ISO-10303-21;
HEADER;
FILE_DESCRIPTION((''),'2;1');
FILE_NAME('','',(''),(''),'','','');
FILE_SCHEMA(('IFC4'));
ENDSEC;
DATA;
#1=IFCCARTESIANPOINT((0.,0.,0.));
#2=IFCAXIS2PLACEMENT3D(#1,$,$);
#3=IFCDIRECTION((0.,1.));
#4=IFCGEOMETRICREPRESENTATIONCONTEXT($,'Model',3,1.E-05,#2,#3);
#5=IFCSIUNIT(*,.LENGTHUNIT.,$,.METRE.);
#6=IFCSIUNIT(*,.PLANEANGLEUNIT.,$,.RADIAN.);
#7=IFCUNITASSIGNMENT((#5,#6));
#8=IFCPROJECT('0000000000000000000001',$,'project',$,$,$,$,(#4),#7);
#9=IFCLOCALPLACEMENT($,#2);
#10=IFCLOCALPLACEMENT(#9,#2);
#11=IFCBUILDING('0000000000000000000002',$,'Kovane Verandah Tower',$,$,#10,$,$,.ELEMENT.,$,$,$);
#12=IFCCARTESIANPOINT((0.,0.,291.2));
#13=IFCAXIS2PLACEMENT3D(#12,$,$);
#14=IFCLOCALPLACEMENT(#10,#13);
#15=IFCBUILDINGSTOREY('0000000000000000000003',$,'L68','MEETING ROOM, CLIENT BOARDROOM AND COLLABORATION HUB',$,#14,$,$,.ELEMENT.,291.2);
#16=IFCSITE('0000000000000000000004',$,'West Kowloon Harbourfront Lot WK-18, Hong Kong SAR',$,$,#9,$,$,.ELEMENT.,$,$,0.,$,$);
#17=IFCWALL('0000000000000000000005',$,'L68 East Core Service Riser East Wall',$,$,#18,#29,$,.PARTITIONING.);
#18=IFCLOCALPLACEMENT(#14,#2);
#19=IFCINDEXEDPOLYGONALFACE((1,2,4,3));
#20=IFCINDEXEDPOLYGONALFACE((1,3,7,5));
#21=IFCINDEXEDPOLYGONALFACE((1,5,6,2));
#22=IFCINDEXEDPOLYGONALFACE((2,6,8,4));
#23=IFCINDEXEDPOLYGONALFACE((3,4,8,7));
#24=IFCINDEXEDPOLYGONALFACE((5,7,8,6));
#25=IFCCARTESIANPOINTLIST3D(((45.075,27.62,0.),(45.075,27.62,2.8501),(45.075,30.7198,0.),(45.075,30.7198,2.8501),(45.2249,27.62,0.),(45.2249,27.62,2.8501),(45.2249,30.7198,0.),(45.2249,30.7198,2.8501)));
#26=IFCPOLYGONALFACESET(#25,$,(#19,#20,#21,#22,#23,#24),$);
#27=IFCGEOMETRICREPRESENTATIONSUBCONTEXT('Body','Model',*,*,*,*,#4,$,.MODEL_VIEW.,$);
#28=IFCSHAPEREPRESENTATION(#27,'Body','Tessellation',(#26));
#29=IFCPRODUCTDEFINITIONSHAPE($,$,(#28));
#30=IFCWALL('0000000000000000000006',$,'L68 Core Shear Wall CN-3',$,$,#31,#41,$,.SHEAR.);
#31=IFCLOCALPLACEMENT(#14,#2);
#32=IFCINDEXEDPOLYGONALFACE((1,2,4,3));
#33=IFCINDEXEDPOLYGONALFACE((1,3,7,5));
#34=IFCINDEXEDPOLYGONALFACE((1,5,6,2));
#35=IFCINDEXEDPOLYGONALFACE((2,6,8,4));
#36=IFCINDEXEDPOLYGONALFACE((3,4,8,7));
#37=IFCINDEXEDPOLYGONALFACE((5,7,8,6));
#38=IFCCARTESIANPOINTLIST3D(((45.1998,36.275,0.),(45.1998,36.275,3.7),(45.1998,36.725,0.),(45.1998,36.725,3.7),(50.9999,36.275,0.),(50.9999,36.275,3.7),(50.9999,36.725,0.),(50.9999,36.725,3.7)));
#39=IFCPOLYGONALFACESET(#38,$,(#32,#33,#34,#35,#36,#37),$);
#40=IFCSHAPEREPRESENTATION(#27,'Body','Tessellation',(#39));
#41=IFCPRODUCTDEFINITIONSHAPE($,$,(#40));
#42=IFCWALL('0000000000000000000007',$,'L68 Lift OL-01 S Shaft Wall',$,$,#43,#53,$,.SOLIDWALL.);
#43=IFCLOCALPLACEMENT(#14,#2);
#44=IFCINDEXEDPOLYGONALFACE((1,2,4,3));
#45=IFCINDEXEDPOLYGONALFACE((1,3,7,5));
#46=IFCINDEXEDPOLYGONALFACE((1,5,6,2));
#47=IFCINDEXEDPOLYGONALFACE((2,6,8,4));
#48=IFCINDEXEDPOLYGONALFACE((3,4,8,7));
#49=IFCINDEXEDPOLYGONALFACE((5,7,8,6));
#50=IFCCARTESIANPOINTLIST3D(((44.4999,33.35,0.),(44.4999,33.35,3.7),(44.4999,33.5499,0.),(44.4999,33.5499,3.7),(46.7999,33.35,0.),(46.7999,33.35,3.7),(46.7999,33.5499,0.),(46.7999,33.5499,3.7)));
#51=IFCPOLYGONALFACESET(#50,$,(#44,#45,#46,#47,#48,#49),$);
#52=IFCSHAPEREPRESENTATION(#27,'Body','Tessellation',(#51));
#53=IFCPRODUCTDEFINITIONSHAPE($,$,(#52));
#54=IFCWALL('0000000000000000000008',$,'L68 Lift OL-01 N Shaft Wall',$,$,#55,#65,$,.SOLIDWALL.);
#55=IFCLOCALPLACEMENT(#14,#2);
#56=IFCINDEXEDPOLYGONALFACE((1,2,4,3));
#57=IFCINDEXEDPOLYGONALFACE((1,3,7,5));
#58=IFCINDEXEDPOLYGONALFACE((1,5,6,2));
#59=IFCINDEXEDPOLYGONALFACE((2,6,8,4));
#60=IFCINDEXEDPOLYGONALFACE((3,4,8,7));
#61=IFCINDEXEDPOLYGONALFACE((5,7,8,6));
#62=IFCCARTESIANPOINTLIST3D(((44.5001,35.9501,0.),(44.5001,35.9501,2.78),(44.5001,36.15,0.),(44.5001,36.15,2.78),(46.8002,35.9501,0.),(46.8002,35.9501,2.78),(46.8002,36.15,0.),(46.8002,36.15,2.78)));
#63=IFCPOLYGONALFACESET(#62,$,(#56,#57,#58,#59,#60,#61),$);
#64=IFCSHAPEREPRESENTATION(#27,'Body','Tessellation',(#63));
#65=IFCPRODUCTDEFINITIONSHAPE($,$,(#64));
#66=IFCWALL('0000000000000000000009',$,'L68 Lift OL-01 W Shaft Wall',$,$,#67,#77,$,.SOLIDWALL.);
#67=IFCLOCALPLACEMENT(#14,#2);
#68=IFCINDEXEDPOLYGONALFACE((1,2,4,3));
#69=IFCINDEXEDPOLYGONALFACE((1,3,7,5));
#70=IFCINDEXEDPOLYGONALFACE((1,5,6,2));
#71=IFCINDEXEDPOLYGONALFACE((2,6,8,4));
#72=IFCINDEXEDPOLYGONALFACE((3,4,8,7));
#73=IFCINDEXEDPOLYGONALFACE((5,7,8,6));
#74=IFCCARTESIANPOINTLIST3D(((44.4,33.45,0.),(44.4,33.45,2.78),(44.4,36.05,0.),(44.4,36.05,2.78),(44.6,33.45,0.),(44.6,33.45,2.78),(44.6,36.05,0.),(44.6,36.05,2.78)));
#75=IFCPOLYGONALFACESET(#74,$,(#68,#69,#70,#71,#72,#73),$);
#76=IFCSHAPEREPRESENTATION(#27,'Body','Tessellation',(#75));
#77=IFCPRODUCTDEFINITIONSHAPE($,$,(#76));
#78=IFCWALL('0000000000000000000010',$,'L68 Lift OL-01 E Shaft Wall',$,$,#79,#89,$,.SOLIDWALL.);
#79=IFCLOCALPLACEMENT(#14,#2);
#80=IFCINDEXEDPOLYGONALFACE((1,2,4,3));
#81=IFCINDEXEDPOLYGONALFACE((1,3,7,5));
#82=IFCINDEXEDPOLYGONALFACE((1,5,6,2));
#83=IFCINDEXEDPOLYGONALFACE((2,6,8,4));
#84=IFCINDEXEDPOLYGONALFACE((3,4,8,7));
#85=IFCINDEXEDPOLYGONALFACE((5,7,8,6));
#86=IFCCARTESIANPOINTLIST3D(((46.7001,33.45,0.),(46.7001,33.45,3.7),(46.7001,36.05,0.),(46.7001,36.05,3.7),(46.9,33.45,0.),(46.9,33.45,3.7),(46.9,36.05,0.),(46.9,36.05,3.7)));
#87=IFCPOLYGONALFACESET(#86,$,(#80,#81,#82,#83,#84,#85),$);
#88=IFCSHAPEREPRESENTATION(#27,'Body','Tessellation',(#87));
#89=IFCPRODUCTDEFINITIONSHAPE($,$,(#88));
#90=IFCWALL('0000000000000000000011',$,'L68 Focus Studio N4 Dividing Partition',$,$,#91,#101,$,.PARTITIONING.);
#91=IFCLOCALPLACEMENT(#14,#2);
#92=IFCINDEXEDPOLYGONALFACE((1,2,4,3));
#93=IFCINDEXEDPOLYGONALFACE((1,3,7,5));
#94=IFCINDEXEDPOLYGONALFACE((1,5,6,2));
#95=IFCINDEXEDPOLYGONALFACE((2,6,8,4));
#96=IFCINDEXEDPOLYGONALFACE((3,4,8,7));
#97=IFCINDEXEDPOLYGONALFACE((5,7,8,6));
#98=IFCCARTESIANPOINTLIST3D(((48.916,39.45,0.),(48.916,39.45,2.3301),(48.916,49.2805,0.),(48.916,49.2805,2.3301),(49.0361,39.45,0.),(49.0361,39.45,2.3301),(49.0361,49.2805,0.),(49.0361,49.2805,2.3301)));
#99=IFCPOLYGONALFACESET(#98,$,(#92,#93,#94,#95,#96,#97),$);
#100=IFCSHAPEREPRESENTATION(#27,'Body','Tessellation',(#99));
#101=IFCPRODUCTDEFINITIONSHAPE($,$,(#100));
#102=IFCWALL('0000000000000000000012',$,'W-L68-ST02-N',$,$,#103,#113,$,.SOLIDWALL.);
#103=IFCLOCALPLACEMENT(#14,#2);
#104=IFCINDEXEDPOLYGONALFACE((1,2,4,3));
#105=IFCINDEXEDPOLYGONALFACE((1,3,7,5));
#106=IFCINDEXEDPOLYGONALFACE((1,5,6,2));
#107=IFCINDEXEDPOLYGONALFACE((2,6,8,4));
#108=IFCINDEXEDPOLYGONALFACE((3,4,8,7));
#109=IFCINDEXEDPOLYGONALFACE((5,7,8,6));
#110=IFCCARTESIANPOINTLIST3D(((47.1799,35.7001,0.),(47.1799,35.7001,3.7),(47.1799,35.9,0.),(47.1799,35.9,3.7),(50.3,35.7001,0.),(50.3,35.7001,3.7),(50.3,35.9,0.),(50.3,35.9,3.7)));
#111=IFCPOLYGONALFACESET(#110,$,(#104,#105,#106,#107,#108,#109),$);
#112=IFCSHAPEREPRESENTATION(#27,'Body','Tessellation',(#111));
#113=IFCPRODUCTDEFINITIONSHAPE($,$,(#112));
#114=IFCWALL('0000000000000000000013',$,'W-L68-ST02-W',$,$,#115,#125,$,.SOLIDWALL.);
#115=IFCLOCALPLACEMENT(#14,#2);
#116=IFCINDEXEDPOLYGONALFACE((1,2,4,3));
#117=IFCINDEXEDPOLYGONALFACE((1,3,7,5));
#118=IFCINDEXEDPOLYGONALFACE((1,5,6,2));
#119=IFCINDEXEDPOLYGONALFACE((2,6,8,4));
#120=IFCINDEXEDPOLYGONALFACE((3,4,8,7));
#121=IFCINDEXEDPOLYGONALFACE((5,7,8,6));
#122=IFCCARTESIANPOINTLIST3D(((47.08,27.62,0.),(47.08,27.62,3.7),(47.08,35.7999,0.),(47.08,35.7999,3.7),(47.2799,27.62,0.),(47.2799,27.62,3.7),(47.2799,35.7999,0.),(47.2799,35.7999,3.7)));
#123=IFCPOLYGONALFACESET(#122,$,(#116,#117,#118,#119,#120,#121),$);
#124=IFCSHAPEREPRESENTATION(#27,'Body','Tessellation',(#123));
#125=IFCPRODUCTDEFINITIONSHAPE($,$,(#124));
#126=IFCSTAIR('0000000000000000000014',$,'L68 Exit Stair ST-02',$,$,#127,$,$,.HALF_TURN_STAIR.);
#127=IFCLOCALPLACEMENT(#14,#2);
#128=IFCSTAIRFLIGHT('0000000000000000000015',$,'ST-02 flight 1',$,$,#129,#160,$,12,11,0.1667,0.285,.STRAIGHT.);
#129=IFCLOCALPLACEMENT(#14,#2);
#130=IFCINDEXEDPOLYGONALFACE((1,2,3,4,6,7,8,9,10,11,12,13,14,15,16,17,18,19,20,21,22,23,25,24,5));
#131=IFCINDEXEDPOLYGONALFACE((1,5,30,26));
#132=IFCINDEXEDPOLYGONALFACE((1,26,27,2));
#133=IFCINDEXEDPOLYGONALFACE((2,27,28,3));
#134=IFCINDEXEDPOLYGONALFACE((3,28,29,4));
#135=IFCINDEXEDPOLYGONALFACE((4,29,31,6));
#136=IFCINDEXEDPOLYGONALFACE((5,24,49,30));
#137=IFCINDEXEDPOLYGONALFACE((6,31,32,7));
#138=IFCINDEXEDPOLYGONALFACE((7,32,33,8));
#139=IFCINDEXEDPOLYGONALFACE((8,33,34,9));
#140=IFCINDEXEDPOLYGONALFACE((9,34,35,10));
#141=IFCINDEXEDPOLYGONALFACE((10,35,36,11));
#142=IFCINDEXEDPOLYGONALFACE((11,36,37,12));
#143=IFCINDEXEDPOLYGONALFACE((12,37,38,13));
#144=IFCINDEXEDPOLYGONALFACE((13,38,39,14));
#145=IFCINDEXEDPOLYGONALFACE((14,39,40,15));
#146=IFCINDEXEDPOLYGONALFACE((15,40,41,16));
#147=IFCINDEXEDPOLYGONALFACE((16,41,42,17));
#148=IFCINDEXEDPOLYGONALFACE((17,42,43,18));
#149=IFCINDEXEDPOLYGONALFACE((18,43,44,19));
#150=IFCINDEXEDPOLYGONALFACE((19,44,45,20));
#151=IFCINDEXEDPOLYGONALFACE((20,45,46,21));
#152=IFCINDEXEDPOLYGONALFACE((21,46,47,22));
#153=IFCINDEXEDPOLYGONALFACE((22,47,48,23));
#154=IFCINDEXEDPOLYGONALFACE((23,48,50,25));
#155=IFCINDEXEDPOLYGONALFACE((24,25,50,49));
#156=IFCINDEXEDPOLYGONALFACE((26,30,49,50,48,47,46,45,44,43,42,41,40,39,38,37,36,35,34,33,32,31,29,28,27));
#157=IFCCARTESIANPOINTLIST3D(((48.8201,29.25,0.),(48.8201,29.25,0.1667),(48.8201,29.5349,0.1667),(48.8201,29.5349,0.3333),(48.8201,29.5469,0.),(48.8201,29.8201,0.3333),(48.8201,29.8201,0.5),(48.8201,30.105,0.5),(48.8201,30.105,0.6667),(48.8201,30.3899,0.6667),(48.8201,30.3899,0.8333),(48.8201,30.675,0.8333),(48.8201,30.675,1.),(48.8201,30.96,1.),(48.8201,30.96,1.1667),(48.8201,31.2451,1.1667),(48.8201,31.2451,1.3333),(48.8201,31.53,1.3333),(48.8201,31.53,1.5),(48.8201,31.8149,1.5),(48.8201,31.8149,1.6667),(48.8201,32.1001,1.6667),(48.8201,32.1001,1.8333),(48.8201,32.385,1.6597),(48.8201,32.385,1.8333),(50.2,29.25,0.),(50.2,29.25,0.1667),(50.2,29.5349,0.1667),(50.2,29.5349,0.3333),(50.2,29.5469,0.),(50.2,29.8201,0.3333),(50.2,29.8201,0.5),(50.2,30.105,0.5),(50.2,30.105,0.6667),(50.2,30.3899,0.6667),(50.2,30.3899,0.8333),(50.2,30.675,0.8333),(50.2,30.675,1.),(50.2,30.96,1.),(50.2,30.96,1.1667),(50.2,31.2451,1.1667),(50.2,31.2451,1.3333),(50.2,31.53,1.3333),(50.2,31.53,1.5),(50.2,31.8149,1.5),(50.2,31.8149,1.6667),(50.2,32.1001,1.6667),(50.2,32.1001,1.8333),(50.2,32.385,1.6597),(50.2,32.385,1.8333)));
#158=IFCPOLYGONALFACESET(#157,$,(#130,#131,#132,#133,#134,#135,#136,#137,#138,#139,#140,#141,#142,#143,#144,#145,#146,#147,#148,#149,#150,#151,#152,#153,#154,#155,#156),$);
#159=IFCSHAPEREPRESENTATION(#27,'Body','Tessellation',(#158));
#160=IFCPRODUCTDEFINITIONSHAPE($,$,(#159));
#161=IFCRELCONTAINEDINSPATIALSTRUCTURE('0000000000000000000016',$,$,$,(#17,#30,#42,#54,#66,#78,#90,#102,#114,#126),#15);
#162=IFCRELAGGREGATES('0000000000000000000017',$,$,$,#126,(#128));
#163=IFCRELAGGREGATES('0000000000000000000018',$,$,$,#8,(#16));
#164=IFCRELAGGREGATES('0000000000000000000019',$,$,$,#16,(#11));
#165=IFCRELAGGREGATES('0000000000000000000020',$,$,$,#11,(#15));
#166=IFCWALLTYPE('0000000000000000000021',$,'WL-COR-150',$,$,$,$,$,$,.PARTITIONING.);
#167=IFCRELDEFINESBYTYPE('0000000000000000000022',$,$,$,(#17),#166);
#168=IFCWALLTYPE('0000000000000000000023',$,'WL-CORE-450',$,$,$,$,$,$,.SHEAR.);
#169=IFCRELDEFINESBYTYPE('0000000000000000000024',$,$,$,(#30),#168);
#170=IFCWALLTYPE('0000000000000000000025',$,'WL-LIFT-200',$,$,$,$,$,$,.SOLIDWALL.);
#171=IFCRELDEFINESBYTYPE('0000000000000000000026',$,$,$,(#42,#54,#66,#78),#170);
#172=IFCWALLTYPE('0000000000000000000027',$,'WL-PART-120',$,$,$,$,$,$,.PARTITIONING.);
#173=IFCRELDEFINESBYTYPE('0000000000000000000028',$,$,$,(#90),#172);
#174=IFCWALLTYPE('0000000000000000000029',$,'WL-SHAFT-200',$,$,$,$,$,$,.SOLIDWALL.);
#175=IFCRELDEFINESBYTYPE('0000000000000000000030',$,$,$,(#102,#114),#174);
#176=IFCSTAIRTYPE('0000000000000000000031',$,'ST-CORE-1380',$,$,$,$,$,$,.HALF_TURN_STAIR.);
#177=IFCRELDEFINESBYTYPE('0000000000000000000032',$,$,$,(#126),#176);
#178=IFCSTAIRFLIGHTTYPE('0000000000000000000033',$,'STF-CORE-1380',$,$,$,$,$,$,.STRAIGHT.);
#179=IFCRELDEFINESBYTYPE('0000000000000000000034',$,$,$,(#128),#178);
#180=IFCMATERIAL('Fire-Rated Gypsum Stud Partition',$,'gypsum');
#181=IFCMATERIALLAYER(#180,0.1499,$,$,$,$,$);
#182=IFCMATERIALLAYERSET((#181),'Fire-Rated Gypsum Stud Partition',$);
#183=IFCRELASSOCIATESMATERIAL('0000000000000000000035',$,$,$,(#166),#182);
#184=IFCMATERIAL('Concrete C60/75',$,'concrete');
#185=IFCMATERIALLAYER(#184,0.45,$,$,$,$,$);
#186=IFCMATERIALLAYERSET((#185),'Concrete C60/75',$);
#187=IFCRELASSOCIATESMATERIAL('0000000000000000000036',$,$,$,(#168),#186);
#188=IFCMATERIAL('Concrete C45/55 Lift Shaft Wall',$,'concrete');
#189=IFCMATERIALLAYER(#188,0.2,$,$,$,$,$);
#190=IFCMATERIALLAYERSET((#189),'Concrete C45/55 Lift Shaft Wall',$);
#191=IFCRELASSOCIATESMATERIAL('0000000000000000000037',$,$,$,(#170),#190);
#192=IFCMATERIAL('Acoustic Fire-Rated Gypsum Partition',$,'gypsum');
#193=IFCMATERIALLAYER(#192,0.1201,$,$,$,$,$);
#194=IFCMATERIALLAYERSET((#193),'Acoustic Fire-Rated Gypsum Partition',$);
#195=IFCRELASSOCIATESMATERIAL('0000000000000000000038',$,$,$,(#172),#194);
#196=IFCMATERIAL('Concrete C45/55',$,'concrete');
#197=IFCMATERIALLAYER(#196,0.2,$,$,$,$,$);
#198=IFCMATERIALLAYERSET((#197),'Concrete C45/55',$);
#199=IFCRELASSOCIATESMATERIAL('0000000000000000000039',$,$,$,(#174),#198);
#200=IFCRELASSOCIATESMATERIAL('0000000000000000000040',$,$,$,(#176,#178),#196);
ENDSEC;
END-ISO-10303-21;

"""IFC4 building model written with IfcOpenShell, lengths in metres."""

from ifc_helpers import new_model, si_unit, direction, frame, frame_2d, origin, place, context, subcontext, project, spatial, polyline, rectangle, outline, extrude, material, layer, layer_set, type_object, element, aggregate, save


model = new_model("IFC4")

# Units and contexts
model_context = context("Model", 3, precision=1e-05, world=origin(), true_north=direction((0.0, 1.0)))
body_context = subcontext(model_context, "Body", "Model", "MODEL_VIEW")
ifc_project = project(units=[si_unit("LENGTHUNIT", "METRE"), si_unit("PLANEANGLEUNIT", "RADIAN")], contexts=[model_context])

# Site, building, storey
site_placement = place(None, origin())
site = spatial("IfcSite", under=ifc_project, at=site_placement, Name="West Kowloon Harbourfront Lot WK-18, Hong Kong SAR", CompositionType="ELEMENT", RefElevation=0.0)
building_placement = place(site_placement, origin())
building = spatial("IfcBuilding", under=site, at=building_placement, Name="Kovane Verandah Tower", CompositionType="ELEMENT")
storey_placement = place(building_placement, frame((0.0, 0.0, 291.2)))
storey = spatial("IfcBuildingStorey", under=building, at=storey_placement, Name="L68", Description="MEETING ROOM, CLIENT BOARDROOM AND COLLABORATION HUB", CompositionType="ELEMENT", Elevation=291.2)

# Wall
ifc_material_1 = material(Name="Fire-Rated Gypsum Stud Partition", Category="gypsum")
ifc_layer_1 = layer(ifc_material_1, 0.1499)
ifc_layer_set_1 = layer_set([ifc_layer_1], Name="Fire-Rated Gypsum Stud Partition")
wall_type_1 = type_object("IfcWallType", Name="WL-COR-150", PredefinedType="PARTITIONING", material=ifc_layer_set_1)
wall_1_placement = place(storey_placement, frame((45.1499, 27.6201, 0.0), z_axis=(0.0, 0.0, 1.0), x_axis=(0.0, 1.0, 0.0)))
element("IfcWall", 1, at=wall_1_placement, inside=storey, type_object=wall_type_1, Name="L68 East Core Service Riser East Wall", PredefinedType="PARTITIONING", context=body_context, shape_type="SweptSolid", body=[
    extrude(rectangle(XDim=3.0999, YDim=0.1499, at=frame_2d((1.5498, 0.0))), origin(), (0.0, 0.0, 1.0), 2.8501),
])

# Wall
ifc_material_2 = material(Name="Concrete C60/75", Category="concrete")
ifc_layer_2 = layer(ifc_material_2, 0.45)
ifc_layer_set_2 = layer_set([ifc_layer_2], Name="Concrete C60/75")
wall_type_2 = type_object("IfcWallType", Name="WL-CORE-450", PredefinedType="SHEAR", material=ifc_layer_set_2)
wall_2_placement = place(storey_placement, frame((45.2, 36.5, 0.0), z_axis=(0.0, 0.0, 1.0), x_axis=(1.0, 0.0, 0.0)))
element("IfcWall", 2, at=wall_2_placement, inside=storey, type_object=wall_type_2, Name="L68 Core Shear Wall CN-3", PredefinedType="SHEAR", context=body_context, shape_type="SweptSolid", body=[
    extrude(rectangle(XDim=5.8, YDim=0.45, at=frame_2d((2.8999, 0.0))), origin(), (0.0, 0.0, 1.0), 3.7),
])

# Walls
ifc_material_3 = material(Name="Concrete C45/55 Lift Shaft Wall", Category="concrete")
ifc_layer_3 = layer(ifc_material_3, 0.2)
ifc_layer_set_3 = layer_set([ifc_layer_3], Name="Concrete C45/55 Lift Shaft Wall")
wall_type_3 = type_object("IfcWallType", Name="WL-LIFT-200", PredefinedType="SOLIDWALL", material=ifc_layer_set_3)
wall_3_placement = place(storey_placement, frame((44.5, 33.45, 0.0), z_axis=(0.0, 0.0, 1.0), x_axis=(1.0, 0.0, 0.0)))
element("IfcWall", 3, at=wall_3_placement, inside=storey, type_object=wall_type_3, Name="L68 Lift OL-01 S Shaft Wall", PredefinedType="SOLIDWALL", context=body_context, shape_type="SweptSolid", body=[
    extrude(rectangle(XDim=2.3, YDim=0.2, at=frame_2d((1.1499, 0.0))), origin(), (0.0, 0.0, 1.0), 3.7),
])
wall_4_placement = place(storey_placement, frame((46.8, 36.05, 0.0), z_axis=(0.0, 0.0, 1.0), x_axis=(-1.0, 0.0, 0.0)))
element("IfcWall", 4, at=wall_4_placement, inside=storey, type_object=wall_type_3, Name="L68 Lift OL-01 N Shaft Wall", PredefinedType="SOLIDWALL", context=body_context, shape_type="SweptSolid", body=[
    extrude(rectangle(XDim=2.3, YDim=0.2, at=frame_2d((1.1499, 0.0))), origin(), (0.0, 0.0, 1.0), 2.78),
])
wall_5_placement = place(storey_placement, frame((44.5, 36.05, 0.0), z_axis=(0.0, 0.0, 1.0), x_axis=(0.0, -1.0, 0.0)))
element("IfcWall", 5, at=wall_5_placement, inside=storey, type_object=wall_type_3, Name="L68 Lift OL-01 W Shaft Wall", PredefinedType="SOLIDWALL", context=body_context, shape_type="SweptSolid", body=[
    extrude(rectangle(XDim=2.6001, YDim=0.2, at=frame_2d((1.3, 0.0))), origin(), (0.0, 0.0, 1.0), 2.78),
])
wall_6_placement = place(storey_placement, frame((46.8, 33.45, 0.0), z_axis=(0.0, 0.0, 1.0), x_axis=(0.0, 1.0, 0.0)))
element("IfcWall", 6, at=wall_6_placement, inside=storey, type_object=wall_type_3, Name="L68 Lift OL-01 E Shaft Wall", PredefinedType="SOLIDWALL", context=body_context, shape_type="SweptSolid", body=[
    extrude(rectangle(XDim=2.6001, YDim=0.2, at=frame_2d((1.3, 0.0))), origin(), (0.0, 0.0, 1.0), 3.7),
])
ifc_material_4 = material(Name="Acoustic Fire-Rated Gypsum Partition", Category="gypsum")
ifc_layer_4 = layer(ifc_material_4, 0.1201)
ifc_layer_set_4 = layer_set([ifc_layer_4], Name="Acoustic Fire-Rated Gypsum Partition")
wall_type_4 = type_object("IfcWallType", Name="WL-PART-120", PredefinedType="PARTITIONING", material=ifc_layer_set_4)
wall_7_placement = place(storey_placement, frame((48.9761, 39.45, 0.0), z_axis=(0.0, 0.0, 1.0), x_axis=(0.0, 1.0, 0.0)))
element("IfcWall", 7, at=wall_7_placement, inside=storey, type_object=wall_type_4, Name="L68 Focus Studio N4 Dividing Partition", PredefinedType="PARTITIONING", context=body_context, shape_type="SweptSolid", body=[
    extrude(rectangle(XDim=9.8306, YDim=0.1201, at=frame_2d((4.9153, 0.0))), origin(), (0.0, 0.0, 1.0), 2.3301),
])
ifc_material_5 = material(Name="Concrete C45/55", Category="concrete")
ifc_layer_5 = layer(ifc_material_5, 0.2)
ifc_layer_set_5 = layer_set([ifc_layer_5], Name="Concrete C45/55")
wall_type_5 = type_object("IfcWallType", Name="WL-SHAFT-200", PredefinedType="SOLIDWALL", material=ifc_layer_set_5)
wall_8_placement = place(storey_placement, frame((47.1799, 35.8, 0.0), z_axis=(0.0, 0.0, 1.0), x_axis=(1.0, 0.0, 0.0)))
element("IfcWall", 8, at=wall_8_placement, inside=storey, type_object=wall_type_5, Name="W-L68-ST02-N", PredefinedType="SOLIDWALL", context=body_context, shape_type="SweptSolid", body=[
    extrude(rectangle(XDim=3.1201, YDim=0.2, at=frame_2d((1.5601, 0.0))), origin(), (0.0, 0.0, 1.0), 3.7),
])
wall_9_placement = place(storey_placement, frame((47.1799, 27.6201, 0.0), z_axis=(0.0, 0.0, 1.0), x_axis=(0.0, 1.0, 0.0)))
element("IfcWall", 9, at=wall_9_placement, inside=storey, type_object=wall_type_5, Name="W-L68-ST02-W", PredefinedType="SOLIDWALL", context=body_context, shape_type="SweptSolid", body=[
    extrude(rectangle(XDim=8.1799, YDim=0.2, at=frame_2d((4.0898, 0.0))), origin(), (0.0, 0.0, 1.0), 3.7),
])

# Stair, stair flight
stair_type = type_object("IfcStairType", Name="ST-CORE-1380", PredefinedType="HALF_TURN_STAIR", material=ifc_material_5)
stair_placement = place(storey_placement, origin())
stair = element("IfcStair", 10, at=stair_placement, inside=storey, type_object=stair_type, Name="L68 Exit Stair ST-02", PredefinedType="HALF_TURN_STAIR")
stair_flight_type = type_object("IfcStairFlightType", Name="STF-CORE-1380", PredefinedType="STRAIGHT", material=ifc_material_5)
stair_flight_1_placement = place(storey_placement, frame((49.51, 29.25, 0.0), z_axis=(0.0, 0.0, 1.0), x_axis=(0.0, 1.0, 0.0)))
stair_flight_1 = element("IfcStairFlight", 11, at=stair_flight_1_placement, type_object=stair_flight_type, Name="ST-02 flight 1", NumberOfRisers=12, NumberOfTreads=11, PredefinedType="STRAIGHT", RiserHeight=0.1667, TreadLength=0.285, context=body_context, shape_type="SweptSolid", body=[
    extrude(outline(polyline([(0.0, 0.0), (0.0, 0.1667), (0.2849, 0.1667), (0.2849, 0.3333), (0.5701, 0.3333), (0.5701, 0.5), (0.855, 0.5), (0.855, 0.6667), (1.1399, 0.6667), (1.1399, 0.8333), (1.425, 0.8333), (1.425, 1.0), (1.71, 1.0), (1.71, 1.1667), (1.9951, 1.1667), (1.9951, 1.3333), (2.28, 1.3333), (2.28, 1.5), (2.5649, 1.5), (2.5649, 1.6667), (2.8501, 1.6667), (2.8501, 1.8333), (3.135, 1.8333), (3.135, 2.0), (3.135, 1.6597), (0.2969, 0.0), (0.0, 0.0)])), frame((0.0, 0.6899, 0.0), z_axis=(0.0, -1.0, 0.0), x_axis=(1.0, 0.0, 0.0)), (0.0, 0.0, 1.0), 1.3799),
])
aggregate(stair, [stair_flight_1])

save(model, "model.ifc")
